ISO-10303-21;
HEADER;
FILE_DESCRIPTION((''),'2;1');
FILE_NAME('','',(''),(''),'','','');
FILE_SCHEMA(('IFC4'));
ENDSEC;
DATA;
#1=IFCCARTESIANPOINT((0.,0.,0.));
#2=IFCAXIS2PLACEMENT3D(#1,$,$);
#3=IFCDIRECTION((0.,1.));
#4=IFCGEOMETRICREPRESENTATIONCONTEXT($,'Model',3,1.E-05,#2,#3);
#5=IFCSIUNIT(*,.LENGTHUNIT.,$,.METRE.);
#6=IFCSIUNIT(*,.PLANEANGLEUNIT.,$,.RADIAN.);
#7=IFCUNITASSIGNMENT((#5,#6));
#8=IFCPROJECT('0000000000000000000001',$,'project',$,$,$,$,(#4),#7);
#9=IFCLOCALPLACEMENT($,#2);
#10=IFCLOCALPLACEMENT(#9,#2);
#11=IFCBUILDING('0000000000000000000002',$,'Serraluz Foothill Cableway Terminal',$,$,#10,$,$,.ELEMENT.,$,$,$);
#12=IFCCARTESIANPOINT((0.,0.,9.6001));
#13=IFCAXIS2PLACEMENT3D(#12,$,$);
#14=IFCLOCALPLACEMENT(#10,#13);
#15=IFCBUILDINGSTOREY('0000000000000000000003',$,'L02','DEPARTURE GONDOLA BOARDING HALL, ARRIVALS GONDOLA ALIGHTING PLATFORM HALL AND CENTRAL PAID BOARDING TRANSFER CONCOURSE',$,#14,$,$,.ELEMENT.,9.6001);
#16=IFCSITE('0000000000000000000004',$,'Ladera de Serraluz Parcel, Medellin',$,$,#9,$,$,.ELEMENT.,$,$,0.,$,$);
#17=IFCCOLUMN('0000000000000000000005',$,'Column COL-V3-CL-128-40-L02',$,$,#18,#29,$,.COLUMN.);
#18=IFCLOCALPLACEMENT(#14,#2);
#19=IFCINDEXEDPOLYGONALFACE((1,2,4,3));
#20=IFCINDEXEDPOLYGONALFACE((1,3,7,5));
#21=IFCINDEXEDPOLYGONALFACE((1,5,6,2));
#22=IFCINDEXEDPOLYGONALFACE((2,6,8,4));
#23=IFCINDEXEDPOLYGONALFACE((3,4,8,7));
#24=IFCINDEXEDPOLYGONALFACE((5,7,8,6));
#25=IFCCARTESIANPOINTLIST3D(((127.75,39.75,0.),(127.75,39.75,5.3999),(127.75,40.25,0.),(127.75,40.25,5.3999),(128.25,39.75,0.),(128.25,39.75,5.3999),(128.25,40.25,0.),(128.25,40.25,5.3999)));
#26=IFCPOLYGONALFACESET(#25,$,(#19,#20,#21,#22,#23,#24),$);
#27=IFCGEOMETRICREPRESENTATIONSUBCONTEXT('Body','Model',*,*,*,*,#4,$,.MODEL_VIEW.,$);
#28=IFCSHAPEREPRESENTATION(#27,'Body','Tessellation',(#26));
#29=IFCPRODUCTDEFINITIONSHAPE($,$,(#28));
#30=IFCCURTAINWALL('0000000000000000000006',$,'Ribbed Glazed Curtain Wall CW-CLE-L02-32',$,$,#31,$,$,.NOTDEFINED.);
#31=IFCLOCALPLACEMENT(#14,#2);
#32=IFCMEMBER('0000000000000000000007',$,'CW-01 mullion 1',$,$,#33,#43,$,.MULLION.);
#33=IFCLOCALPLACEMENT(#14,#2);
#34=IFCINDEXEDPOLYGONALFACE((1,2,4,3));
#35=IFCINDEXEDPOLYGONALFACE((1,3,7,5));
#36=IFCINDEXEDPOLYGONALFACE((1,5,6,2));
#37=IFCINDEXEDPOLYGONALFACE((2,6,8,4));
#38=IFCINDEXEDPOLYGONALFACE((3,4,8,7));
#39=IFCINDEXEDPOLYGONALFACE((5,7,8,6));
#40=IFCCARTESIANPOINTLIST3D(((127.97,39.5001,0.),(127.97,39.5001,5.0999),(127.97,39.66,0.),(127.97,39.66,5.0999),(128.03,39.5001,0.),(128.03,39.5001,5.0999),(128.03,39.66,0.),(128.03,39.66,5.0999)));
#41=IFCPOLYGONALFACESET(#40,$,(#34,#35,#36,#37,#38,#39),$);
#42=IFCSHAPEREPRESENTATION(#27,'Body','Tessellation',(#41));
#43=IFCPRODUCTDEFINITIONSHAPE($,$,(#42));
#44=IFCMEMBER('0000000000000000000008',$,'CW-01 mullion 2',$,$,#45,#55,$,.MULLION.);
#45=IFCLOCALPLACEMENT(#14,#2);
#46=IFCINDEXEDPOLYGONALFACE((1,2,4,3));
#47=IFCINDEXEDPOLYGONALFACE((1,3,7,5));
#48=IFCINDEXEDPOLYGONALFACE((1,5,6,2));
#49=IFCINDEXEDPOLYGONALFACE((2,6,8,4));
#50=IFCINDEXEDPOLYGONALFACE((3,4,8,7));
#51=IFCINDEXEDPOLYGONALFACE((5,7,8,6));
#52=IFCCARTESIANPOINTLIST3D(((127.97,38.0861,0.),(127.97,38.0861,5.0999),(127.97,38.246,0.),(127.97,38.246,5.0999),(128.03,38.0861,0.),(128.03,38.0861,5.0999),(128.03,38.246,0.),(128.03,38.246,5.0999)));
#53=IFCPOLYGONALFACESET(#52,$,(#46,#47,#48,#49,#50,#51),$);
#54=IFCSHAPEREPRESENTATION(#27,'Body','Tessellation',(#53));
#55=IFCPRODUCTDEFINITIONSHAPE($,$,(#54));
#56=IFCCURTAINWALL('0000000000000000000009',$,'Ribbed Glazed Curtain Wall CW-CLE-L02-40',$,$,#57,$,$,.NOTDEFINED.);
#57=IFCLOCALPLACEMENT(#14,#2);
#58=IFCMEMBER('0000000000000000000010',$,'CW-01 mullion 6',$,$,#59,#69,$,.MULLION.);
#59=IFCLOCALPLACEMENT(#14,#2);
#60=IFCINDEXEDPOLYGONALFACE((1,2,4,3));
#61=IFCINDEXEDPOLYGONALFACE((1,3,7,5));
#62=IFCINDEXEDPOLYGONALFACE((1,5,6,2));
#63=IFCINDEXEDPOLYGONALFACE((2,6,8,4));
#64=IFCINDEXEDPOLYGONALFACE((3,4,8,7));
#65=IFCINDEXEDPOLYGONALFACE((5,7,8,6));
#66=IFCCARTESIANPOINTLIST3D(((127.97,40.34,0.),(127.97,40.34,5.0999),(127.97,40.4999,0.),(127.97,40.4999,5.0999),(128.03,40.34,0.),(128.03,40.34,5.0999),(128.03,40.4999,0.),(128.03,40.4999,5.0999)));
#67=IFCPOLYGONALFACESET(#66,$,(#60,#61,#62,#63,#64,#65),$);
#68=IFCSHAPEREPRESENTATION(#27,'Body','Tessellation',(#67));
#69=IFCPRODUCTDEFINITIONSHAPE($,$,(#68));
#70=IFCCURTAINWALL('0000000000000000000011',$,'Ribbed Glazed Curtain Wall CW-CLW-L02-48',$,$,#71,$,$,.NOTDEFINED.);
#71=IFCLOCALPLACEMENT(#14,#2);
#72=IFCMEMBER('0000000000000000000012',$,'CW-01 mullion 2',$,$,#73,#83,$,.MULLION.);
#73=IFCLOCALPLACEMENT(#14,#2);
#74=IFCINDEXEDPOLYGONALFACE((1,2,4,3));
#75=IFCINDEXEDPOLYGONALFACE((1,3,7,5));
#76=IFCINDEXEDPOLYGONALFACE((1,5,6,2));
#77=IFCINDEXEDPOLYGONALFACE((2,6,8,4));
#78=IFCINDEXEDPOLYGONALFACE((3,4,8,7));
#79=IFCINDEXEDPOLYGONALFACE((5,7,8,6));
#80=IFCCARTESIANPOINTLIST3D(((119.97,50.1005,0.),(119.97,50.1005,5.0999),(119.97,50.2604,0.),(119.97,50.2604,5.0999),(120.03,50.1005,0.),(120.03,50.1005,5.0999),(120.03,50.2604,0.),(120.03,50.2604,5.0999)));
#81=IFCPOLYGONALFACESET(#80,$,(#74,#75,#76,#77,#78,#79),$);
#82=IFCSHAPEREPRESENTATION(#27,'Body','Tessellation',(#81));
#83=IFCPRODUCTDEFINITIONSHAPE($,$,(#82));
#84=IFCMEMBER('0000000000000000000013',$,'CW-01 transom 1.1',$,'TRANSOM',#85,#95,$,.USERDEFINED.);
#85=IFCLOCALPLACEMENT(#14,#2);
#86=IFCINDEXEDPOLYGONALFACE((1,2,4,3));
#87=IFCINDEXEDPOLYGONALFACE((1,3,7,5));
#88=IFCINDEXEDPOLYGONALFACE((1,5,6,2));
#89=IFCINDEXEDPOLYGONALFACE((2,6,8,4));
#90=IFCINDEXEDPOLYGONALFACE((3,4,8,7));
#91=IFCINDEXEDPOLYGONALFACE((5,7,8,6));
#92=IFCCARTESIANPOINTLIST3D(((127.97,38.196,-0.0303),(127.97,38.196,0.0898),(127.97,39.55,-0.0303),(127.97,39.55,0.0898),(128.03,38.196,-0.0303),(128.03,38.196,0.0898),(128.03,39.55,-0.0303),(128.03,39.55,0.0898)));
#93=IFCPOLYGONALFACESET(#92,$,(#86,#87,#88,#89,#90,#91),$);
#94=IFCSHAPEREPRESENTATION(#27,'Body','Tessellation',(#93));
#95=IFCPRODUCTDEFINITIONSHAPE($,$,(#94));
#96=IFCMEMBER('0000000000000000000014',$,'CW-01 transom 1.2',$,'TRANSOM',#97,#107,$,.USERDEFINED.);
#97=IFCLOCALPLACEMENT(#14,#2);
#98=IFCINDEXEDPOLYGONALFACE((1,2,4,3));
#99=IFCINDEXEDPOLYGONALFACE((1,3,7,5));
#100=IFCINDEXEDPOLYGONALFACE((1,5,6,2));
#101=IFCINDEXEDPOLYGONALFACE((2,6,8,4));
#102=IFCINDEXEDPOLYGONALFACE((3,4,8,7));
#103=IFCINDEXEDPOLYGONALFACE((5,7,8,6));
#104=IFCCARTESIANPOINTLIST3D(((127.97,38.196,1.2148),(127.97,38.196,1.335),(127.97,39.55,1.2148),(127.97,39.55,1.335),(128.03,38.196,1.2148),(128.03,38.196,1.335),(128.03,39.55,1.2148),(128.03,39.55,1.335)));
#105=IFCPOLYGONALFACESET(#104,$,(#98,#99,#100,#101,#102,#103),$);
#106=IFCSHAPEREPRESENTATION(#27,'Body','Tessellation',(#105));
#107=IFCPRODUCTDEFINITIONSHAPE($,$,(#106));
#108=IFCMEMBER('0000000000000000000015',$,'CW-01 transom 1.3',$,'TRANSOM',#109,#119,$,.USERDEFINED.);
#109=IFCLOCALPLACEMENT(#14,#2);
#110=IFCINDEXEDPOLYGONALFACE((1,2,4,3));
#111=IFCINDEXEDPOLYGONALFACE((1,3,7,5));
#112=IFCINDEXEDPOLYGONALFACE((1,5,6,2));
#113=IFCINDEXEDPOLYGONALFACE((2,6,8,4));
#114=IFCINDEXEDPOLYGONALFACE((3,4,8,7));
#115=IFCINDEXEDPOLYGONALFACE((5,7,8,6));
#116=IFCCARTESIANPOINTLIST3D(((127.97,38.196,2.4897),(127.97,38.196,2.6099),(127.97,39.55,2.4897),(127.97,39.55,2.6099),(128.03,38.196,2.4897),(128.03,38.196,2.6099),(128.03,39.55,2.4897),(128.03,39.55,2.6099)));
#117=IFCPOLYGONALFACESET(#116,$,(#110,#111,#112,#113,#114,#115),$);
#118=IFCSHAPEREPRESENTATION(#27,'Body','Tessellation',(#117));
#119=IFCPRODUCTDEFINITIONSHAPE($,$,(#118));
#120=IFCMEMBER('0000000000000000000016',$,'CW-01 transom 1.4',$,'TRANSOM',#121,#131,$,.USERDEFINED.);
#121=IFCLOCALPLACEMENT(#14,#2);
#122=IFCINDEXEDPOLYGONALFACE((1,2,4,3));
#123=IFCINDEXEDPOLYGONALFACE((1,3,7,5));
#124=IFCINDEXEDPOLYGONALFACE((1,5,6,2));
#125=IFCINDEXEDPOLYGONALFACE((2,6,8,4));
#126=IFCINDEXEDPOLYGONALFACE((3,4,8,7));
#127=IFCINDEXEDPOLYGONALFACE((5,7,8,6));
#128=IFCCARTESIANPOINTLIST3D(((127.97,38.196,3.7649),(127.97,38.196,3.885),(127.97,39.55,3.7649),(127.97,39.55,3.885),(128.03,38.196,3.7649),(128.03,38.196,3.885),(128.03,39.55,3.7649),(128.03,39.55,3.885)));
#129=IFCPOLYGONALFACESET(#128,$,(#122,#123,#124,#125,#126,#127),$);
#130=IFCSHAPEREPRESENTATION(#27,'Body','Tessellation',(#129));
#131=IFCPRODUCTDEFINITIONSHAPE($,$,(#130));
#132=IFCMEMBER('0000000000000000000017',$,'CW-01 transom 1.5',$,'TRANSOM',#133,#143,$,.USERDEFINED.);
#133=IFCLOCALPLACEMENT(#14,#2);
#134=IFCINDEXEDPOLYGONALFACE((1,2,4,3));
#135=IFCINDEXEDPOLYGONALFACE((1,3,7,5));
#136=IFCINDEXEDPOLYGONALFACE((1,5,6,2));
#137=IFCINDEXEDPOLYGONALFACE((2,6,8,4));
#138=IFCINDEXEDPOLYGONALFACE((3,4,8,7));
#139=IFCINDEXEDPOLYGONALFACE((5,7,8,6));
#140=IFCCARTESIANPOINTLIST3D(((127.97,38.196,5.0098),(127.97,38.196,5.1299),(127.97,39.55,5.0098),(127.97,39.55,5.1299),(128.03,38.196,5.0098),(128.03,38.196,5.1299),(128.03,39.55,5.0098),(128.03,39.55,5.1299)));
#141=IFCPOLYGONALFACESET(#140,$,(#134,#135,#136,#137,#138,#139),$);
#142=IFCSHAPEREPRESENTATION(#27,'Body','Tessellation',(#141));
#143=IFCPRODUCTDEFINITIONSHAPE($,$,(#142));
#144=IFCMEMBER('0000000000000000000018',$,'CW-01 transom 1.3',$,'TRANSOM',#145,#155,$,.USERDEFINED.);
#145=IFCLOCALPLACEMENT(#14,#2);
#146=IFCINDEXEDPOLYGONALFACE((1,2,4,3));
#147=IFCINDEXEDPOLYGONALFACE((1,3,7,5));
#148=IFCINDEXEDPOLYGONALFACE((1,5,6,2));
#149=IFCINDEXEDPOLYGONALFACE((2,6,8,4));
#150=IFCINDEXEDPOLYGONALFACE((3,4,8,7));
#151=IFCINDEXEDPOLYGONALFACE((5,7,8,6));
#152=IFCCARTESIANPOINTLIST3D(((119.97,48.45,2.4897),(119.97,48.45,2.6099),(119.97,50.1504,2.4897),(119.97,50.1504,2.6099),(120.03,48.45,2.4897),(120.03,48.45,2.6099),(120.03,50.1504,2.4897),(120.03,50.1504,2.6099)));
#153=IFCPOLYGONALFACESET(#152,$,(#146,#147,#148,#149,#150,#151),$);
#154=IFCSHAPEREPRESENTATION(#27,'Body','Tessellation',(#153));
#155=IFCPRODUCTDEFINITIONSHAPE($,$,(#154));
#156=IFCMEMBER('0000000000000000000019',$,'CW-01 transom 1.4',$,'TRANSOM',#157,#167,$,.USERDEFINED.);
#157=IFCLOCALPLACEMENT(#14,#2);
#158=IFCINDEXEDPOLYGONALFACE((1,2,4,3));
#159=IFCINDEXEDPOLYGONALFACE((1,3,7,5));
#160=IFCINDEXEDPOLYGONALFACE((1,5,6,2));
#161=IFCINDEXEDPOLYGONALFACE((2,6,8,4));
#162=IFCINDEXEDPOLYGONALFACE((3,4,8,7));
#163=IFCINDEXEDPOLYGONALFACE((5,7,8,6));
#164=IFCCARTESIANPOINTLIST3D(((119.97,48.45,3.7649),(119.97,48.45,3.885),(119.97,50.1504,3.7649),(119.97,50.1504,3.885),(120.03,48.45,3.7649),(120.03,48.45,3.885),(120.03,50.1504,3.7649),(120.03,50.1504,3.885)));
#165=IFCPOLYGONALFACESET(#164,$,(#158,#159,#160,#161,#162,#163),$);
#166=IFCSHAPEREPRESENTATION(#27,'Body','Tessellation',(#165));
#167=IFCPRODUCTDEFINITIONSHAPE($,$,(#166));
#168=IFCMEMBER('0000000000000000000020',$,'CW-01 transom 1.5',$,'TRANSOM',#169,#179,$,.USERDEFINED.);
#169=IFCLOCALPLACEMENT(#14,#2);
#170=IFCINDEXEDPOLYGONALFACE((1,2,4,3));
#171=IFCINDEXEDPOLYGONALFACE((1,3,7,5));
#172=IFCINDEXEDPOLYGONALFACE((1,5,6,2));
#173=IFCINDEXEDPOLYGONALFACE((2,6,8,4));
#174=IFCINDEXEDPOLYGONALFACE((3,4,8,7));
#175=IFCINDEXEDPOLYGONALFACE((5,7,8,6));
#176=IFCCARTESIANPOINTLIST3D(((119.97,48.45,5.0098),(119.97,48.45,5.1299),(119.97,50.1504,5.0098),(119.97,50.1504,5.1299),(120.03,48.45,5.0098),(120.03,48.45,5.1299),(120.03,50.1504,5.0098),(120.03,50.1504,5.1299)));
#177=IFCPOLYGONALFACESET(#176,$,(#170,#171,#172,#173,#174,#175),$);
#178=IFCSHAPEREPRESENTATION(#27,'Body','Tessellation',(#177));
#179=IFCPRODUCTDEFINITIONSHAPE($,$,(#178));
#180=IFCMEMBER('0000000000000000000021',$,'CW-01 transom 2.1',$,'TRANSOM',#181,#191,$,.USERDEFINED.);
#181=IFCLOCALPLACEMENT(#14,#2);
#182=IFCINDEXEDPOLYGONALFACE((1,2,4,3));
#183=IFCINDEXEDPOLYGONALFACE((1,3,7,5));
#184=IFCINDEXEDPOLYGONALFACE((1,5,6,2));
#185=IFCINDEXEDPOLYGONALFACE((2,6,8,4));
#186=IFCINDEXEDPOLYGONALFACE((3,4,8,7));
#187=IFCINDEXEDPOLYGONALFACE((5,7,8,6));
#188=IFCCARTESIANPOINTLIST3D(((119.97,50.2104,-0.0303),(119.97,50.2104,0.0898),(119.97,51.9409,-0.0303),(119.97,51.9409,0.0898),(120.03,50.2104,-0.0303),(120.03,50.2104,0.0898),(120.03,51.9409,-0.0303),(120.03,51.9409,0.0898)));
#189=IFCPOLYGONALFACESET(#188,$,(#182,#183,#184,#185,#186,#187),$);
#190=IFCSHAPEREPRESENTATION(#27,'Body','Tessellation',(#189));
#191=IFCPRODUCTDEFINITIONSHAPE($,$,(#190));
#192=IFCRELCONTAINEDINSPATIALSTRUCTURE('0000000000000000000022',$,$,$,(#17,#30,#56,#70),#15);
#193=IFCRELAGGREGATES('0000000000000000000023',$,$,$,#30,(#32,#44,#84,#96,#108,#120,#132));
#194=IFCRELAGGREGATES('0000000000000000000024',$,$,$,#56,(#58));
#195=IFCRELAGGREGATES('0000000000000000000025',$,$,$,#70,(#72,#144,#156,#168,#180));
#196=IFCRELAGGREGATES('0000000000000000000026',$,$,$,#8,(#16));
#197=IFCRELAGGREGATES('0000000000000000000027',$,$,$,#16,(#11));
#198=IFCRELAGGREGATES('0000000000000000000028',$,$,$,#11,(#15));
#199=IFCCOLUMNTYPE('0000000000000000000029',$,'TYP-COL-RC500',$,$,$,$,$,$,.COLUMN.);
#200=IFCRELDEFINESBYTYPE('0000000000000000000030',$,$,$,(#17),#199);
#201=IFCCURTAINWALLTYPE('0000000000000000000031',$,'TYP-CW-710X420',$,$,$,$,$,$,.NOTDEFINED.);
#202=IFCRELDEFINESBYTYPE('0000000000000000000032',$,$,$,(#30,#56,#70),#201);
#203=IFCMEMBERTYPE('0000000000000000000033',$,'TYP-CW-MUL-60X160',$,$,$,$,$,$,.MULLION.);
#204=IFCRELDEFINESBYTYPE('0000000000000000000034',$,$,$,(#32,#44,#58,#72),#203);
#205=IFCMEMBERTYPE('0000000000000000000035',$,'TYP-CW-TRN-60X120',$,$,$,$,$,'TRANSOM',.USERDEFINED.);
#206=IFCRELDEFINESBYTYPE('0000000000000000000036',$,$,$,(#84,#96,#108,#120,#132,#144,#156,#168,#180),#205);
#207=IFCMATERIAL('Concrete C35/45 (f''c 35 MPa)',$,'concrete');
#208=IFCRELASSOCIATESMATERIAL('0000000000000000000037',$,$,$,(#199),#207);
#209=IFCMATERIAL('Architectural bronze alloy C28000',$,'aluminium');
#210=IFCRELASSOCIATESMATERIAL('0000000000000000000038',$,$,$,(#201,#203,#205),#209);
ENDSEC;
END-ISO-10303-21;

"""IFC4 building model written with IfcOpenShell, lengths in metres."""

from ifc_helpers import new_model, si_unit, direction, frame, origin, origin_2d, place, context, subcontext, project, spatial, rectangle, extrude, material, material_profile, profile_set, type_object, element, aggregate, save


model = new_model("IFC4")

# Units and contexts
model_context = context("Model", 3, precision=1e-05, world=origin(), true_north=direction((0.0, 1.0)))
body_context = subcontext(model_context, "Body", "Model", "MODEL_VIEW")
ifc_project = project(units=[si_unit("LENGTHUNIT", "METRE"), si_unit("PLANEANGLEUNIT", "RADIAN")], contexts=[model_context])

# Site, building, storey
site_placement = place(None, origin())
site = spatial("IfcSite", under=ifc_project, at=site_placement, Name="Ladera de Serraluz Parcel, Medellin", CompositionType="ELEMENT", RefElevation=0.0)
building_placement = place(site_placement, origin())
building = spatial("IfcBuilding", under=site, at=building_placement, Name="Serraluz Foothill Cableway Terminal", CompositionType="ELEMENT")
storey_placement = place(building_placement, frame((0.0, 0.0, 9.6001)))
storey = spatial("IfcBuildingStorey", under=building, at=storey_placement, Name="L02", Description="DEPARTURE GONDOLA BOARDING HALL, ARRIVALS GONDOLA ALIGHTING PLATFORM HALL AND CENTRAL PAID BOARDING TRANSFER CONCOURSE", CompositionType="ELEMENT", Elevation=9.6001)

# Column
ifc_material_1 = material(Name="Concrete C35/45 (f'c 35 MPa)", Category="concrete")
ifc_material_profile_1 = material_profile(ifc_material_1, rectangle(XDim=0.5, YDim=0.5, at=origin_2d()), Name="RC 500x500")
ifc_profile_set_1 = profile_set([ifc_material_profile_1], Name="Concrete C35/45 (f'c 35 MPa)")
column_type = type_object("IfcColumnType", Name="TYP-COL-RC500", PredefinedType="COLUMN", material=ifc_profile_set_1)
column_placement = place(storey_placement, frame((128.0, 40.0, 0.0), z_axis=(0.0, 0.0, 1.0), x_axis=(1.0, 0.0, 0.0)))
element("IfcColumn", 1, at=column_placement, inside=storey, type_object=column_type, Name="Column COL-V3-CL-128-40-L02", PredefinedType="COLUMN", context=body_context, shape_type="SweptSolid", body=[
    extrude(rectangle(XDim=0.5, YDim=0.5, at=origin_2d()), origin(), (0.0, 0.0, 1.0), 5.3999),
])

# Curtain wall, members
ifc_material_2 = material(Name="Architectural bronze alloy C28000", Category="aluminium")
curtain_wall_type = type_object("IfcCurtainWallType", Name="TYP-CW-710X420", PredefinedType="NOTDEFINED", material=ifc_material_2)
curtain_wall_1_placement = place(storey_placement, origin())
curtain_wall_1 = element("IfcCurtainWall", 2, at=curtain_wall_1_placement, inside=storey, type_object=curtain_wall_type, Name="Ribbed Glazed Curtain Wall CW-CLE-L02-32", PredefinedType="NOTDEFINED")
ifc_material_profile_2 = material_profile(ifc_material_2, rectangle(XDim=0.0601, YDim=0.1599, at=origin_2d()), Name="ALU MULLION 60x160")
ifc_profile_set_2 = profile_set([ifc_material_profile_2], Name="Architectural bronze alloy C28000")
member_type_1 = type_object("IfcMemberType", Name="TYP-CW-MUL-60X160", PredefinedType="MULLION", material=ifc_profile_set_2)
member_1_placement = place(storey_placement, frame((128.0, 39.5801, 0.0), z_axis=(0.0, 0.0, 1.0), x_axis=(1.0, 0.0, 0.0)))
member_1 = element("IfcMember", 3, at=member_1_placement, type_object=member_type_1, Name="CW-01 mullion 1", PredefinedType="MULLION", context=body_context, shape_type="SweptSolid", body=[
    extrude(rectangle(XDim=0.0601, YDim=0.1599, at=origin_2d()), origin(), (0.0, 0.0, 1.0), 5.0999),
])
member_2_placement = place(storey_placement, frame((128.0, 38.166, 0.0), z_axis=(0.0, 0.0, 1.0), x_axis=(1.0, 0.0, 0.0)))
member_2 = element("IfcMember", 4, at=member_2_placement, type_object=member_type_1, Name="CW-01 mullion 2", PredefinedType="MULLION", context=body_context, shape_type="SweptSolid", body=[
    extrude(rectangle(XDim=0.0601, YDim=0.1599, at=origin_2d()), origin(), (0.0, 0.0, 1.0), 5.0999),
])

# Curtain walls, members
curtain_wall_2_placement = place(storey_placement, origin())
curtain_wall_2 = element("IfcCurtainWall", 5, at=curtain_wall_2_placement, inside=storey, type_object=curtain_wall_type, Name="Ribbed Glazed Curtain Wall CW-CLE-L02-40", PredefinedType="NOTDEFINED")
member_3_placement = place(storey_placement, frame((128.0, 40.4199, 0.0), z_axis=(0.0, 0.0, 1.0), x_axis=(1.0, 0.0, 0.0)))
member_3 = element("IfcMember", 6, at=member_3_placement, type_object=member_type_1, Name="CW-01 mullion 6", PredefinedType="MULLION", context=body_context, shape_type="SweptSolid", body=[
    extrude(rectangle(XDim=0.0601, YDim=0.1599, at=origin_2d()), origin(), (0.0, 0.0, 1.0), 5.0999),
])
curtain_wall_3_placement = place(storey_placement, origin())
curtain_wall_3 = element("IfcCurtainWall", 7, at=curtain_wall_3_placement, inside=storey, type_object=curtain_wall_type, Name="Ribbed Glazed Curtain Wall CW-CLW-L02-48", PredefinedType="NOTDEFINED")
member_4_placement = place(storey_placement, frame((120.0, 50.1804, 0.0), z_axis=(0.0, 0.0, 1.0), x_axis=(-1.0, 0.0, 0.0)))
member_4 = element("IfcMember", 8, at=member_4_placement, type_object=member_type_1, Name="CW-01 mullion 2", PredefinedType="MULLION", context=body_context, shape_type="SweptSolid", body=[
    extrude(rectangle(XDim=0.0601, YDim=0.1599, at=origin_2d()), origin(), (0.0, 0.0, 1.0), 5.0999),
])

# Members
ifc_material_profile_3 = material_profile(ifc_material_2, rectangle(XDim=0.0601, YDim=0.1201, at=origin_2d()), Name="ALU TRANSOM 60x120")
ifc_profile_set_3 = profile_set([ifc_material_profile_3], Name="Architectural bronze alloy C28000")
member_type_2 = type_object("IfcMemberType", Name="TYP-CW-TRN-60X120", ElementType="TRANSOM", PredefinedType="USERDEFINED", material=ifc_profile_set_3)
member_5_placement = place(storey_placement, frame((128.0, 39.55, 0.0298), z_axis=(0.0, -1.0, 0.0), x_axis=(1.0, 0.0, 0.0)))
member_5 = element("IfcMember", 9, at=member_5_placement, type_object=member_type_2, Name="CW-01 transom 1.1", ObjectType="TRANSOM", PredefinedType="USERDEFINED", context=body_context, shape_type="SweptSolid", body=[
    extrude(rectangle(XDim=0.0601, YDim=0.1201, at=origin_2d()), origin(), (0.0, 0.0, 1.0), 1.354),
])
member_6_placement = place(storey_placement, frame((128.0, 39.55, 1.2749), z_axis=(0.0, -1.0, 0.0), x_axis=(1.0, 0.0, 0.0)))
member_6 = element("IfcMember", 10, at=member_6_placement, type_object=member_type_2, Name="CW-01 transom 1.2", ObjectType="TRANSOM", PredefinedType="USERDEFINED", context=body_context, shape_type="SweptSolid", body=[
    extrude(rectangle(XDim=0.0601, YDim=0.1201, at=origin_2d()), origin(), (0.0, 0.0, 1.0), 1.354),
])
member_7_placement = place(storey_placement, frame((128.0, 39.55, 2.5498), z_axis=(0.0, -1.0, 0.0), x_axis=(1.0, 0.0, 0.0)))
member_7 = element("IfcMember", 11, at=member_7_placement, type_object=member_type_2, Name="CW-01 transom 1.3", ObjectType="TRANSOM", PredefinedType="USERDEFINED", context=body_context, shape_type="SweptSolid", body=[
    extrude(rectangle(XDim=0.0601, YDim=0.1201, at=origin_2d()), origin(), (0.0, 0.0, 1.0), 1.354),
])
member_8_placement = place(storey_placement, frame((128.0, 39.55, 3.825), z_axis=(0.0, -1.0, 0.0), x_axis=(1.0, 0.0, 0.0)))
member_8 = element("IfcMember", 12, at=member_8_placement, type_object=member_type_2, Name="CW-01 transom 1.4", ObjectType="TRANSOM", PredefinedType="USERDEFINED", context=body_context, shape_type="SweptSolid", body=[
    extrude(rectangle(XDim=0.0601, YDim=0.1201, at=origin_2d()), origin(), (0.0, 0.0, 1.0), 1.354),
])
member_9_placement = place(storey_placement, frame((128.0, 39.55, 5.0698), z_axis=(0.0, -1.0, 0.0), x_axis=(1.0, 0.0, 0.0)))
member_9 = element("IfcMember", 13, at=member_9_placement, type_object=member_type_2, Name="CW-01 transom 1.5", ObjectType="TRANSOM", PredefinedType="USERDEFINED", context=body_context, shape_type="SweptSolid", body=[
    extrude(rectangle(XDim=0.0601, YDim=0.1201, at=origin_2d()), origin(), (0.0, 0.0, 1.0), 1.354),
])
member_10_placement = place(storey_placement, frame((120.0, 48.45, 2.5498), z_axis=(0.0, 1.0, 0.0), x_axis=(-1.0, 0.0, 0.0)))
member_10 = element("IfcMember", 14, at=member_10_placement, type_object=member_type_2, Name="CW-01 transom 1.3", ObjectType="TRANSOM", PredefinedType="USERDEFINED", context=body_context, shape_type="SweptSolid", body=[
    extrude(rectangle(XDim=0.0601, YDim=0.1201, at=origin_2d()), origin(), (0.0, 0.0, 1.0), 1.7004),
])
member_11_placement = place(storey_placement, frame((120.0, 48.45, 3.825), z_axis=(0.0, 1.0, 0.0), x_axis=(-1.0, 0.0, 0.0)))
member_11 = element("IfcMember", 15, at=member_11_placement, type_object=member_type_2, Name="CW-01 transom 1.4", ObjectType="TRANSOM", PredefinedType="USERDEFINED", context=body_context, shape_type="SweptSolid", body=[
    extrude(rectangle(XDim=0.0601, YDim=0.1201, at=origin_2d()), origin(), (0.0, 0.0, 1.0), 1.7004),
])
member_12_placement = place(storey_placement, frame((120.0, 48.45, 5.0698), z_axis=(0.0, 1.0, 0.0), x_axis=(-1.0, 0.0, 0.0)))
member_12 = element("IfcMember", 16, at=member_12_placement, type_object=member_type_2, Name="CW-01 transom 1.5", ObjectType="TRANSOM", PredefinedType="USERDEFINED", context=body_context, shape_type="SweptSolid", body=[
    extrude(rectangle(XDim=0.0601, YDim=0.1201, at=origin_2d()), origin(), (0.0, 0.0, 1.0), 1.7004),
])
member_13_placement = place(storey_placement, frame((120.0, 50.2104, 0.0298), z_axis=(0.0, 1.0, 0.0), x_axis=(-1.0, 0.0, 0.0)))
member_13 = element("IfcMember", 17, at=member_13_placement, type_object=member_type_2, Name="CW-01 transom 2.1", ObjectType="TRANSOM", PredefinedType="USERDEFINED", context=body_context, shape_type="SweptSolid", body=[
    extrude(rectangle(XDim=0.0601, YDim=0.1201, at=origin_2d()), origin(), (0.0, 0.0, 1.0), 1.7305),
])

aggregate(curtain_wall_1, [member_1, member_2, member_5, member_6, member_7, member_8, member_9])
aggregate(curtain_wall_2, [member_3])
aggregate(curtain_wall_3, [member_4, member_10, member_11, member_12, member_13])

save(model, "model.ifc")
